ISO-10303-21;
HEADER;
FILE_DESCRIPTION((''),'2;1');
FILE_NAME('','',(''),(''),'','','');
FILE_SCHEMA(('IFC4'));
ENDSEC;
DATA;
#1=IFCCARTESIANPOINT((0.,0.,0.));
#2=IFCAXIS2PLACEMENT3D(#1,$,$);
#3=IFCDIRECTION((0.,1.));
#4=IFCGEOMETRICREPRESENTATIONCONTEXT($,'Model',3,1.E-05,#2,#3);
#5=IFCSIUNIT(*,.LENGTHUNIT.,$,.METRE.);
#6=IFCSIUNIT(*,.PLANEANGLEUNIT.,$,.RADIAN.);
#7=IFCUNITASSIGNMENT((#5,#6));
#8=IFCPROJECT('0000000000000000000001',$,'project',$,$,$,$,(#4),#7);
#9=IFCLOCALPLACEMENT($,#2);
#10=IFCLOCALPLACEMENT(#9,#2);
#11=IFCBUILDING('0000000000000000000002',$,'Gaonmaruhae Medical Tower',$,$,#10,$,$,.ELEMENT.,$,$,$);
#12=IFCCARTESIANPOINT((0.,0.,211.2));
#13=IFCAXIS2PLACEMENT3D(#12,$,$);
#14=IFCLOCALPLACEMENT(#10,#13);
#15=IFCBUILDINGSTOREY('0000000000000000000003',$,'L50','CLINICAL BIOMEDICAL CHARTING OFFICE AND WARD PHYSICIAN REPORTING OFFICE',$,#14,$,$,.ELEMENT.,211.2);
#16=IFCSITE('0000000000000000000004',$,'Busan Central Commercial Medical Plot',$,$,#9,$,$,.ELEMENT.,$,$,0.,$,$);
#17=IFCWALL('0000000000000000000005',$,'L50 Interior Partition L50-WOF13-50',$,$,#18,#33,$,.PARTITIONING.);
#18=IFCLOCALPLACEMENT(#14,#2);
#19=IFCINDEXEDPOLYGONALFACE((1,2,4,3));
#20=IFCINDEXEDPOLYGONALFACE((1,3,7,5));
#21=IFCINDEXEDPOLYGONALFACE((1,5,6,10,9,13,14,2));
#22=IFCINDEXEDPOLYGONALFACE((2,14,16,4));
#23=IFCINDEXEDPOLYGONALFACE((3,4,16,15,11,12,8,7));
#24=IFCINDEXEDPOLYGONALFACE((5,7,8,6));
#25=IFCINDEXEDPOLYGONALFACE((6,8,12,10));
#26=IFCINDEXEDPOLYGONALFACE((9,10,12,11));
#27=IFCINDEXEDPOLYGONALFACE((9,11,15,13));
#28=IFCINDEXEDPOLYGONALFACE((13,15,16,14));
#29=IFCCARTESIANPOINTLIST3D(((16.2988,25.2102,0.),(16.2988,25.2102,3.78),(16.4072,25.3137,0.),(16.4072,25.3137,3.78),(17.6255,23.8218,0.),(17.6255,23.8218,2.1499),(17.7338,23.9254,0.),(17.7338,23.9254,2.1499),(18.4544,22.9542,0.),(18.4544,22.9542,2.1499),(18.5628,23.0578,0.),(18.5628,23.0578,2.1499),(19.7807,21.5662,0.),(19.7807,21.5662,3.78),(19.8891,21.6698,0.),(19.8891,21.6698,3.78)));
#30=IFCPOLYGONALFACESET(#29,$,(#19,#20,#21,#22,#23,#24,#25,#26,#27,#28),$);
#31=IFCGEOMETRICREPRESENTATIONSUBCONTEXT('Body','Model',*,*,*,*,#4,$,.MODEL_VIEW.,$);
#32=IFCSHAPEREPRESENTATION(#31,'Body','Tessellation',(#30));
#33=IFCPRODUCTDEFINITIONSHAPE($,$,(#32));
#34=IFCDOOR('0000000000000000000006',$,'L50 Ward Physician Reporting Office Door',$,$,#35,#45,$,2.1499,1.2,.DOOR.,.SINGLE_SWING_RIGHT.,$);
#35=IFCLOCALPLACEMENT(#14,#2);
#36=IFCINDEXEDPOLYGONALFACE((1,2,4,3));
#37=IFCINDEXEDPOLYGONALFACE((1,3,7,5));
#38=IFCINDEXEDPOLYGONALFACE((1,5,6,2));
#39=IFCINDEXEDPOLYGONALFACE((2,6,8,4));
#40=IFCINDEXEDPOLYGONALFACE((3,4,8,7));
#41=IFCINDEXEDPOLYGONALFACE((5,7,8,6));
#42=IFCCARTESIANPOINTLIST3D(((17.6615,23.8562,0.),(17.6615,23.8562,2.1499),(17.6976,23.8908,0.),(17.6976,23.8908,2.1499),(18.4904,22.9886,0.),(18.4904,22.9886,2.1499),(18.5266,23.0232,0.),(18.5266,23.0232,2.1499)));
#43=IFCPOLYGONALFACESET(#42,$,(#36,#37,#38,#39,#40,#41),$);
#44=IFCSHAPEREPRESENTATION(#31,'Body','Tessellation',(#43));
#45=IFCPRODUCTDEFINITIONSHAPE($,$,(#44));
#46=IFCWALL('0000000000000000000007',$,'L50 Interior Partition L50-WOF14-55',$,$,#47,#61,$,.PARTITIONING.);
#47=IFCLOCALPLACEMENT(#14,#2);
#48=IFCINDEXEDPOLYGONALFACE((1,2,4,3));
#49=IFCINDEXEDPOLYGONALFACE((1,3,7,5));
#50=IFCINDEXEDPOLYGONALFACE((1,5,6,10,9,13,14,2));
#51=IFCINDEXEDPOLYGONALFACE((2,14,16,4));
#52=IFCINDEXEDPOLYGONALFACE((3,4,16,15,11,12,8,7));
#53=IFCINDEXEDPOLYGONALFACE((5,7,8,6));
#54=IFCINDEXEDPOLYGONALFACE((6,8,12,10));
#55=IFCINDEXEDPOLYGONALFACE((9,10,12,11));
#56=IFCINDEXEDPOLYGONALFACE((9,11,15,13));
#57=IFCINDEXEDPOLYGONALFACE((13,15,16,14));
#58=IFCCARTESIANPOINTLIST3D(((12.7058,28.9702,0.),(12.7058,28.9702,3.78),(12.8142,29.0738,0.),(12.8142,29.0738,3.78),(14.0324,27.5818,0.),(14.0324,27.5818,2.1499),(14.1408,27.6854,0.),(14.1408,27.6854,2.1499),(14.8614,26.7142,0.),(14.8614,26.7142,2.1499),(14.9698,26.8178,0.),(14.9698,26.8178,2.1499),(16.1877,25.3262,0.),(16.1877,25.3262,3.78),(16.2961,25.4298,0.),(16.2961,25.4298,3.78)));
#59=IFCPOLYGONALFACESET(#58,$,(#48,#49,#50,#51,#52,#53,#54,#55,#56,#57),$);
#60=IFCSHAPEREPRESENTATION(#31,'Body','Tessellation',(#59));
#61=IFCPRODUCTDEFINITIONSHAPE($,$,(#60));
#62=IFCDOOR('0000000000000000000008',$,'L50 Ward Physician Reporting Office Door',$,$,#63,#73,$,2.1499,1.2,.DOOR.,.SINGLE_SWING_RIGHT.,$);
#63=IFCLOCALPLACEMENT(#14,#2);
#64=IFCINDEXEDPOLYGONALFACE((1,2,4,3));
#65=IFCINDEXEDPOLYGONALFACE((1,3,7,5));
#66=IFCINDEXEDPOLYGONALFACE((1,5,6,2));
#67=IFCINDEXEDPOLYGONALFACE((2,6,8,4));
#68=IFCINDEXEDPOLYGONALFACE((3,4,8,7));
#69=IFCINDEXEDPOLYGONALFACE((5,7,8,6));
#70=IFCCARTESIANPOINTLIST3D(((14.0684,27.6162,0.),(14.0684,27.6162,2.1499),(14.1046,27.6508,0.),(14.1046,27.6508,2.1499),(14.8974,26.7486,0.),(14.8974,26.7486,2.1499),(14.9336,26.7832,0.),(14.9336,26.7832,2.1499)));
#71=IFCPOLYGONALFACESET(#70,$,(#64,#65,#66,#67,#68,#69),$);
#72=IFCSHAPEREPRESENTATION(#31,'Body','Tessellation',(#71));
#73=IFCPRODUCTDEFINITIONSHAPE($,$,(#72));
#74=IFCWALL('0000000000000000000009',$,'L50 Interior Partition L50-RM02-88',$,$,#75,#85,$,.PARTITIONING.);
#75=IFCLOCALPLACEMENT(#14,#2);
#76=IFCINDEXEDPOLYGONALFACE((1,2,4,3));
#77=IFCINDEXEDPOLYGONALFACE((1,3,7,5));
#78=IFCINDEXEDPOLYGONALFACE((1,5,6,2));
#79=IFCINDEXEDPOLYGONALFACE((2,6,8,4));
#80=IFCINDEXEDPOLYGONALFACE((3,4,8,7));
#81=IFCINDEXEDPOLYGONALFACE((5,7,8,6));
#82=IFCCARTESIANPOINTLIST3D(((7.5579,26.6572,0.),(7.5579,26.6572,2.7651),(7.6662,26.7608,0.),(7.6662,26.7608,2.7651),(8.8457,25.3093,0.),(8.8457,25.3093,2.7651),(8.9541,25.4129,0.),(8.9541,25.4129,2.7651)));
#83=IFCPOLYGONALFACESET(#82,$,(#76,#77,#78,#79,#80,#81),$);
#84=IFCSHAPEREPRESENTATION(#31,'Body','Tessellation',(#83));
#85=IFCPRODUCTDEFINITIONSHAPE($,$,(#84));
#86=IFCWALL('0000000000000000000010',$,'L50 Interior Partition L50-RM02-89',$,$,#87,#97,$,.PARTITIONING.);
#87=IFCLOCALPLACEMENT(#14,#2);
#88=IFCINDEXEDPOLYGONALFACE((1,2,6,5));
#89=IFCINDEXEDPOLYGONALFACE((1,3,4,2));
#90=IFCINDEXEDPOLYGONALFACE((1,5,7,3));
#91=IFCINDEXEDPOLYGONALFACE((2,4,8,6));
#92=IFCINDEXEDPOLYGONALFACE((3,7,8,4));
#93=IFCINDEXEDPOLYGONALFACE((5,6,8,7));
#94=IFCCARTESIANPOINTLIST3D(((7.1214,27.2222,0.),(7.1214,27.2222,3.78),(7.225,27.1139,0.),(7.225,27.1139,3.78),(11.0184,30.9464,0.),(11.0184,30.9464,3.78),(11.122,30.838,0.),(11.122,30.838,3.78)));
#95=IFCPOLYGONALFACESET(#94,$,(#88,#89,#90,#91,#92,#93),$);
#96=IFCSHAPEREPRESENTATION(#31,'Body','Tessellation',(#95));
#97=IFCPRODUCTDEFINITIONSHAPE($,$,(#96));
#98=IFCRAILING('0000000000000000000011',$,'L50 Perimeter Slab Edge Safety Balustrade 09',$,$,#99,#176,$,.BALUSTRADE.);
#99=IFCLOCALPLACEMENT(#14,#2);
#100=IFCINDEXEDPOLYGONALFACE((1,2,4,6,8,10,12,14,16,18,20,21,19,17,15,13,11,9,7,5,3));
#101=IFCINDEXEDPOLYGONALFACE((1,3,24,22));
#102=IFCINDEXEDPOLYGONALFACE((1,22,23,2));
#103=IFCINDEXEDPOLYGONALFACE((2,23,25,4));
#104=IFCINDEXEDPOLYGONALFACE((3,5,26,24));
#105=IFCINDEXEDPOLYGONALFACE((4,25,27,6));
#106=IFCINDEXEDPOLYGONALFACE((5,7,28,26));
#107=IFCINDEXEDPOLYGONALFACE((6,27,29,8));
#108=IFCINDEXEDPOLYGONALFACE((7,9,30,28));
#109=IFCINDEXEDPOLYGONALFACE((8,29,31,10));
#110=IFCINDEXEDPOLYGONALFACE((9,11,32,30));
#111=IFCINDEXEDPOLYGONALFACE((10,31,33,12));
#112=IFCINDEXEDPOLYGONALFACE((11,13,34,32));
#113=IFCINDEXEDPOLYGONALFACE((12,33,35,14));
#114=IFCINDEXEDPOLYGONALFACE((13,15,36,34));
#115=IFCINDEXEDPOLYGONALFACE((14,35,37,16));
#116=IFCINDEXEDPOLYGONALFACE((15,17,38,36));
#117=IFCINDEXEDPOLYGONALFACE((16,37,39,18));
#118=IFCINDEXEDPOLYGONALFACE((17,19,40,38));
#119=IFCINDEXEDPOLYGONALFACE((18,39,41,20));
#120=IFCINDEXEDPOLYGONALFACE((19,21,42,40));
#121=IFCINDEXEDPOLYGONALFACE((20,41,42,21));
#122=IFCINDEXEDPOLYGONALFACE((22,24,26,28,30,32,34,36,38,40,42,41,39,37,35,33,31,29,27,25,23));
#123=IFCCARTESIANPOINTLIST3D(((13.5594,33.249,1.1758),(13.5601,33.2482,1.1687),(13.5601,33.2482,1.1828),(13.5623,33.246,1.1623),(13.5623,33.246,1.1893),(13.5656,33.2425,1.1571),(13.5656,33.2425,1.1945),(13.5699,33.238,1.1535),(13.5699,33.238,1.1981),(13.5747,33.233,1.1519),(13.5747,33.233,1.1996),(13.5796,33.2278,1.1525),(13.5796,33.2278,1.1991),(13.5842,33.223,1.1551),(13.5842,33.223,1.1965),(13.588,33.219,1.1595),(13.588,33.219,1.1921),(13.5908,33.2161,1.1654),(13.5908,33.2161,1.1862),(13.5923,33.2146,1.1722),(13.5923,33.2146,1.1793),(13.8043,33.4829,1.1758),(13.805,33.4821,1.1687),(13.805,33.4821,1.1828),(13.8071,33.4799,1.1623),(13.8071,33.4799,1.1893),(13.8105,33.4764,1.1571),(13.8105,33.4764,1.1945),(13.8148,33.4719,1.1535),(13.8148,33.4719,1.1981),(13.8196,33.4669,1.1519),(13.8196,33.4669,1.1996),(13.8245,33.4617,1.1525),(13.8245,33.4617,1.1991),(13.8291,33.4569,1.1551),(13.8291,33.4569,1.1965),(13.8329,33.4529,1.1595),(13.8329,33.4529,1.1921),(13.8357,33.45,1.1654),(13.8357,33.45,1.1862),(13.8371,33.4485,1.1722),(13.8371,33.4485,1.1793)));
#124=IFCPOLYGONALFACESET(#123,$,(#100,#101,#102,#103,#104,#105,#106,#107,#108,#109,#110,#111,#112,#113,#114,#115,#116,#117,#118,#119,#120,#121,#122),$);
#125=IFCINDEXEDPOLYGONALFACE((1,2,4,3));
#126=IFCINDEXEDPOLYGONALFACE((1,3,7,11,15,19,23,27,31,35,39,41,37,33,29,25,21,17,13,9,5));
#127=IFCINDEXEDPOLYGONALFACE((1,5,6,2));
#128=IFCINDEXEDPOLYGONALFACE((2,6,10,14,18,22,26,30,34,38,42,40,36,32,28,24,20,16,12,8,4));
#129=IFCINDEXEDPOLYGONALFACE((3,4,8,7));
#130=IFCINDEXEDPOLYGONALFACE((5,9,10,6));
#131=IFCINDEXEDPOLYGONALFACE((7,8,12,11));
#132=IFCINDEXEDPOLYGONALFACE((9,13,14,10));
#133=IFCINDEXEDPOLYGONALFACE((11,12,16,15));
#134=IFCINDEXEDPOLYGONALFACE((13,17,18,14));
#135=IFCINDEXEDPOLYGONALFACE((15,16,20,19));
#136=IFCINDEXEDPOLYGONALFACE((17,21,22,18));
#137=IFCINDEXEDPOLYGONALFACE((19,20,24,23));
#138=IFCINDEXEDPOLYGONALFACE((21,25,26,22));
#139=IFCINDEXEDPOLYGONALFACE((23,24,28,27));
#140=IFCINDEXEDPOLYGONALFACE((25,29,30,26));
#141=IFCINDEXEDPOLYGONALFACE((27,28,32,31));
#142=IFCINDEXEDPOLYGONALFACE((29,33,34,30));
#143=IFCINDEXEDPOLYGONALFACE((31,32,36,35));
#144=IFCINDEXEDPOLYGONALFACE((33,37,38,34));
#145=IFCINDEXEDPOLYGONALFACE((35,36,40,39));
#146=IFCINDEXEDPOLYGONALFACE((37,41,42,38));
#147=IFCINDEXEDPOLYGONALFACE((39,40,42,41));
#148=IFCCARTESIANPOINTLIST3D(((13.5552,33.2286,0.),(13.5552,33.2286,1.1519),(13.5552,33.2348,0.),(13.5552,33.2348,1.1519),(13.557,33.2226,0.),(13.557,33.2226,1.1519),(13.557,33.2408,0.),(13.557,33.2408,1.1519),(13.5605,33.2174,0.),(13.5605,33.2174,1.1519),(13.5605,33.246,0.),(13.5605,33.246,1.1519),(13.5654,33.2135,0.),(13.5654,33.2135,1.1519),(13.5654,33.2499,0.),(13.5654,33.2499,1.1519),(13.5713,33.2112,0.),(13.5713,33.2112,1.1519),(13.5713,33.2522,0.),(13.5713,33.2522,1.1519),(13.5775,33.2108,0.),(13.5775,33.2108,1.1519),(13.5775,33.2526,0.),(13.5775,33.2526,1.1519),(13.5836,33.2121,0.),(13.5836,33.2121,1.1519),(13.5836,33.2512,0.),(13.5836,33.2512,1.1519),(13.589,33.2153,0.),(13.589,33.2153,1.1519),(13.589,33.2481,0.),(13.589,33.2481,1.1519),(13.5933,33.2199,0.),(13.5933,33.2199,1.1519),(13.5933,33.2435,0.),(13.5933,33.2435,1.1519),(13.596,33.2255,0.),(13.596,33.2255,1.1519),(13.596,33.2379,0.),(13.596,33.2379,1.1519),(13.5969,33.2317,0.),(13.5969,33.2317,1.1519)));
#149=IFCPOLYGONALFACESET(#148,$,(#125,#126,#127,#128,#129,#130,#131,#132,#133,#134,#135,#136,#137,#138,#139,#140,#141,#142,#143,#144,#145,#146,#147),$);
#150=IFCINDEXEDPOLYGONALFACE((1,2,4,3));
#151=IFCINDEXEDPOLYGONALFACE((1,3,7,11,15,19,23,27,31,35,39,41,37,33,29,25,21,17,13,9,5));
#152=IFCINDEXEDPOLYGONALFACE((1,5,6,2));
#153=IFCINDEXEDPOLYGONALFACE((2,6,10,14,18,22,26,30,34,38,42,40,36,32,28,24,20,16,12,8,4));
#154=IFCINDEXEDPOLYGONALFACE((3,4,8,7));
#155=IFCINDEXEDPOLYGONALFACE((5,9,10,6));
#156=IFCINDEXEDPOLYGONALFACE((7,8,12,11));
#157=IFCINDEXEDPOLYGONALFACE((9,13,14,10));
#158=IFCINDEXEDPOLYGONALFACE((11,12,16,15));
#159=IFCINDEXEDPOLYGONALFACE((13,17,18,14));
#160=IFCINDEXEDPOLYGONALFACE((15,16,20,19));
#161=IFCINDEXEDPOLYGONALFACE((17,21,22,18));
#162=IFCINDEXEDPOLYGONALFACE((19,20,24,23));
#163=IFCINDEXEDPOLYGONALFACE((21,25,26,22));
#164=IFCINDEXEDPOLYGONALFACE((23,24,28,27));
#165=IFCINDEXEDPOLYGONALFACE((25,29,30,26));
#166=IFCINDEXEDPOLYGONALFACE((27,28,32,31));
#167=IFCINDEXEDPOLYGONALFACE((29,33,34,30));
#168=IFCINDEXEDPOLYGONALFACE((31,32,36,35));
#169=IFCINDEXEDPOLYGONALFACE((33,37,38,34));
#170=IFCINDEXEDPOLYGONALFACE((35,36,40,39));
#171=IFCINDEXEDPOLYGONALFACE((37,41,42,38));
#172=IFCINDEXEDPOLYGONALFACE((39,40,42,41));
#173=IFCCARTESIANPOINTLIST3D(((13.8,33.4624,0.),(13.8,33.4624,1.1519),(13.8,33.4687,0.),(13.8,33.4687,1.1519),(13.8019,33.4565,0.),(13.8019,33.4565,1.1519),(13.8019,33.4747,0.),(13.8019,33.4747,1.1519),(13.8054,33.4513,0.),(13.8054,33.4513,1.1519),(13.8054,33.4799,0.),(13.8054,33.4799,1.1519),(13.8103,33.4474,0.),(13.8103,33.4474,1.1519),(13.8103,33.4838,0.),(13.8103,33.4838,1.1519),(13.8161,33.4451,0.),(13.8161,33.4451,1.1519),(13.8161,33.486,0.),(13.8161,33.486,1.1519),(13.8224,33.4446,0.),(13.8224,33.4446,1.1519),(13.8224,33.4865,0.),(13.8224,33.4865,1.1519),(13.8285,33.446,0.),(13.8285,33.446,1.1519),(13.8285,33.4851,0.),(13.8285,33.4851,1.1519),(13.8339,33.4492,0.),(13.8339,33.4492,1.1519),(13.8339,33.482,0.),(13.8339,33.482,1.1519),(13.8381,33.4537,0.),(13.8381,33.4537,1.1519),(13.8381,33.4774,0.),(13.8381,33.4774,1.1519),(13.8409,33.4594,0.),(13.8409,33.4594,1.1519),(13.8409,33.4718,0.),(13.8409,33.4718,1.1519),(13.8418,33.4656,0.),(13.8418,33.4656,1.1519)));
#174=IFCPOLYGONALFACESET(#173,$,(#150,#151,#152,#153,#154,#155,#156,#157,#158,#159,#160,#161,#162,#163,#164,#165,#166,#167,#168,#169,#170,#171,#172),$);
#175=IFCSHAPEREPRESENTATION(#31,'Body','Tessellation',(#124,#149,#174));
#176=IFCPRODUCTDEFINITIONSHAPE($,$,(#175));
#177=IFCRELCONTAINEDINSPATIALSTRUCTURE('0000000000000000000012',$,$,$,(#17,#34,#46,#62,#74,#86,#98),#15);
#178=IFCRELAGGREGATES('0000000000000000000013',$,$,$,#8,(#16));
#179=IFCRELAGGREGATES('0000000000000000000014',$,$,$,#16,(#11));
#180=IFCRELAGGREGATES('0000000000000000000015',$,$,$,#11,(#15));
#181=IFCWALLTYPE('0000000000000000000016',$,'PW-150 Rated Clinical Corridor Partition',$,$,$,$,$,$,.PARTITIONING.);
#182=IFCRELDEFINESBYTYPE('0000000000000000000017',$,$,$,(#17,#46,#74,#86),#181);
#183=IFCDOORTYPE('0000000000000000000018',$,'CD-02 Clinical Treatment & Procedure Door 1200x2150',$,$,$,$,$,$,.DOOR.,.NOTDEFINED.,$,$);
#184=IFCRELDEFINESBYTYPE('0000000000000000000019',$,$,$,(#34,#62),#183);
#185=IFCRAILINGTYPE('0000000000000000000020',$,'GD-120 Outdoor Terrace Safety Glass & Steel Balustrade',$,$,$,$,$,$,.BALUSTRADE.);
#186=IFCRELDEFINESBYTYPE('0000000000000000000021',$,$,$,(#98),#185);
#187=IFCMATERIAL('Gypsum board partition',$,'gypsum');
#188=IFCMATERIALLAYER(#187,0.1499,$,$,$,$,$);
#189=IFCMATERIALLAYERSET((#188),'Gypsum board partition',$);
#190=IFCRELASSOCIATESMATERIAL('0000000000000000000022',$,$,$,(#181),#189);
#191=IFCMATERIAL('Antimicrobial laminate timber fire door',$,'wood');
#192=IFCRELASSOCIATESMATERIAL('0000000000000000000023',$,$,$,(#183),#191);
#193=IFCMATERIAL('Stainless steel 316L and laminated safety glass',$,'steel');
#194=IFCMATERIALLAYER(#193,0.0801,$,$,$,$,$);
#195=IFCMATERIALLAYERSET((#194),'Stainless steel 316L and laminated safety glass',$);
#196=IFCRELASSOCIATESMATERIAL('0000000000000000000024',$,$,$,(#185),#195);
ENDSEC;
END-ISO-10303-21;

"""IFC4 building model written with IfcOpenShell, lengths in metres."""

from ifc_helpers import new_model, si_unit, direction, frame, frame_2d, origin, origin_2d, place, context, subcontext, project, spatial, rectangle, circle, extrude, material, layer, layer_set, type_object, element, fill, save


model = new_model("IFC4")

# Units and contexts
model_context = context("Model", 3, precision=1e-05, world=origin(), true_north=direction((0.0, 1.0)))
body_context = subcontext(model_context, "Body", "Model", "MODEL_VIEW")
ifc_project = project(units=[si_unit("LENGTHUNIT", "METRE"), si_unit("PLANEANGLEUNIT", "RADIAN")], contexts=[model_context])

# Site, building, storey
site_placement = place(None, origin())
site = spatial("IfcSite", under=ifc_project, at=site_placement, Name="Busan Central Commercial Medical Plot", CompositionType="ELEMENT", RefElevation=0.0)
building_placement = place(site_placement, origin())
building = spatial("IfcBuilding", under=site, at=building_placement, Name="Gaonmaruhae Medical Tower", CompositionType="ELEMENT")
storey_placement = place(building_placement, frame((0.0, 0.0, 211.2)))
storey = spatial("IfcBuildingStorey", under=building, at=storey_placement, Name="L50", Description="CLINICAL BIOMEDICAL CHARTING OFFICE AND WARD PHYSICIAN REPORTING OFFICE", CompositionType="ELEMENT", Elevation=211.2)

# Walls, openings, doors
ifc_material_1 = material(Name="Gypsum board partition", Category="gypsum")
ifc_layer_1 = layer(ifc_material_1, 0.1499)
ifc_layer_set_1 = layer_set([ifc_layer_1], Name="Gypsum board partition")
wall_type_1 = type_object("IfcWallType", Name="PW-150 Rated Clinical Corridor Partition", PredefinedType="PARTITIONING", material=ifc_layer_set_1)
wall_1_placement = place(storey_placement, frame((16.353, 25.262, 0.0), z_axis=(0.0, 0.0, 1.0), x_axis=(0.690842, -0.723006, 0.0)))
wall_1 = element("IfcWall", 1, at=wall_1_placement, inside=storey, type_object=wall_type_1, Name="L50 Interior Partition L50-WOF13-50", PredefinedType="PARTITIONING", context=body_context, shape_type="SweptSolid", body=[
    extrude(rectangle(XDim=5.04, YDim=0.1499, at=frame_2d((2.52, 0.0))), origin(), (0.0, 0.0, 1.0), 3.78),
])
opening_1_placement = place(wall_1_placement, frame((1.9202, 0.0, 0.0)))
opening_1 = element("IfcOpeningElement", 2, at=opening_1_placement, cuts=wall_1, PredefinedType="OPENING", context=body_context, shape_type="SweptSolid", body=[
    extrude(rectangle(XDim=1.2, YDim=2.1499, at=frame_2d((0.6001, 1.075))), frame((0.0, 0.085, 0.0), z_axis=(0.0, -1.0, 0.0), x_axis=(1.0, 0.0, 0.0)), (0.0, 0.0, 1.0), 0.1699),
])
ifc_material_2 = material(Name="Antimicrobial laminate timber fire door", Category="wood")
door_type_1 = type_object("IfcDoorType", Name="CD-02 Clinical Treatment & Procedure Door 1200x2150", OperationType="NOTDEFINED", PredefinedType="DOOR", material=ifc_material_2)
door_1_placement = place(opening_1_placement, origin())
door_1 = element("IfcDoor", 3, at=door_1_placement, inside=storey, type_object=door_type_1, Name="L50 Ward Physician Reporting Office Door", OperationType="SINGLE_SWING_RIGHT", OverallHeight=2.1499, OverallWidth=1.2, PredefinedType="DOOR", context=body_context, shape_type="SweptSolid", body=[
    extrude(rectangle(XDim=1.2, YDim=2.1499, at=frame_2d((0.6001, 1.075))), frame((0.0, 0.0249, 0.0), z_axis=(0.0, -1.0, 0.0), x_axis=(1.0, 0.0, 0.0)), (0.0, 0.0, 1.0), 0.05),
])
fill(opening_1, door_1)
wall_2_placement = place(storey_placement, frame((12.76, 29.022, 0.0), z_axis=(0.0, 0.0, 1.0), x_axis=(0.690842, -0.723006, 0.0)))
wall_2 = element("IfcWall", 4, at=wall_2_placement, inside=storey, type_object=wall_type_1, Name="L50 Interior Partition L50-WOF14-55", PredefinedType="PARTITIONING", context=body_context, shape_type="SweptSolid", body=[
    extrude(rectangle(XDim=5.04, YDim=0.1499, at=frame_2d((2.52, 0.0))), origin(), (0.0, 0.0, 1.0), 3.78),
])
opening_2_placement = place(wall_2_placement, frame((1.9202, 0.0, 0.0)))
opening_2 = element("IfcOpeningElement", 5, at=opening_2_placement, cuts=wall_2, PredefinedType="OPENING", context=body_context, shape_type="SweptSolid", body=[
    extrude(rectangle(XDim=1.2, YDim=2.1499, at=frame_2d((0.6001, 1.075))), frame((0.0, 0.085, 0.0), z_axis=(0.0, -1.0, 0.0), x_axis=(1.0, 0.0, 0.0)), (0.0, 0.0, 1.0), 0.1699),
])
door_2_placement = place(opening_2_placement, origin())
door_2 = element("IfcDoor", 6, at=door_2_placement, inside=storey, type_object=door_type_1, Name="L50 Ward Physician Reporting Office Door", OperationType="SINGLE_SWING_RIGHT", OverallHeight=2.1499, OverallWidth=1.2, PredefinedType="DOOR", context=body_context, shape_type="SweptSolid", body=[
    extrude(rectangle(XDim=1.2, YDim=2.1499, at=frame_2d((0.6001, 1.075))), frame((0.0, 0.0249, 0.0), z_axis=(0.0, -1.0, 0.0), x_axis=(1.0, 0.0, 0.0)), (0.0, 0.0, 1.0), 0.05),
])
fill(opening_2, door_2)

# Walls
wall_3_placement = place(storey_placement, frame((8.8999, 25.3611, 0.0), z_axis=(0.0, 0.0, 1.0), x_axis=(-0.690815, 0.723031, 0.0)))
element("IfcWall", 7, at=wall_3_placement, inside=storey, type_object=wall_type_1, Name="L50 Interior Partition L50-RM02-88", PredefinedType="PARTITIONING", context=body_context, shape_type="SweptSolid", body=[
    extrude(rectangle(XDim=1.8643, YDim=0.1499, at=frame_2d((0.9321, 0.0))), origin(), (0.0, 0.0, 1.0), 2.7651),
])
wall_4_placement = place(storey_placement, frame((7.1731, 27.168, 0.0), z_axis=(0.0, 0.0, 1.0), x_axis=(0.722959, 0.690891, 0.0)))
element("IfcWall", 8, at=wall_4_placement, inside=storey, type_object=wall_type_1, Name="L50 Interior Partition L50-RM02-89", PredefinedType="PARTITIONING", context=body_context, shape_type="SweptSolid", body=[
    extrude(rectangle(XDim=5.3904, YDim=0.1499, at=frame_2d((2.6953, 0.0))), origin(), (0.0, 0.0, 1.0), 3.78),
])

# Railing
ifc_material_3 = material(Name="Stainless steel 316L and laminated safety glass", Category="steel")
ifc_layer_2 = layer(ifc_material_3, 0.0801)
ifc_layer_set_2 = layer_set([ifc_layer_2], Name="Stainless steel 316L and laminated safety glass")
railing_type = type_object("IfcRailingType", Name="GD-120 Outdoor Terrace Safety Glass & Steel Balustrade", PredefinedType="BALUSTRADE", material=ifc_layer_set_2)
railing_1_placement = place(storey_placement, frame((13.5759, 33.2317, 0.0)))
element("IfcRailing", 9, at=railing_1_placement, inside=storey, type_object=railing_type, Name="L50 Perimeter Slab Edge Safety Balustrade 09", PredefinedType="BALUSTRADE", context=body_context, shape_type="SweptSolid", body=[
    extrude(circle(Radius=0.0239, at=origin_2d()), frame((0.0, 0.0, 1.1758), z_axis=(0.723143, 0.690699, 0.0), x_axis=(-0.690699, 0.723143, 0.0)), (0.0, 0.0, 1.0), 0.3386),
    extrude(circle(Radius=0.021, at=origin_2d()), origin(), (0.0, 0.0, 1.0), 1.1519),
    extrude(circle(Radius=0.021, at=origin_2d()), frame((0.2449, 0.2339, 0.0)), (0.0, 0.0, 1.0), 1.1519),
])

save(model, "model.ifc")
